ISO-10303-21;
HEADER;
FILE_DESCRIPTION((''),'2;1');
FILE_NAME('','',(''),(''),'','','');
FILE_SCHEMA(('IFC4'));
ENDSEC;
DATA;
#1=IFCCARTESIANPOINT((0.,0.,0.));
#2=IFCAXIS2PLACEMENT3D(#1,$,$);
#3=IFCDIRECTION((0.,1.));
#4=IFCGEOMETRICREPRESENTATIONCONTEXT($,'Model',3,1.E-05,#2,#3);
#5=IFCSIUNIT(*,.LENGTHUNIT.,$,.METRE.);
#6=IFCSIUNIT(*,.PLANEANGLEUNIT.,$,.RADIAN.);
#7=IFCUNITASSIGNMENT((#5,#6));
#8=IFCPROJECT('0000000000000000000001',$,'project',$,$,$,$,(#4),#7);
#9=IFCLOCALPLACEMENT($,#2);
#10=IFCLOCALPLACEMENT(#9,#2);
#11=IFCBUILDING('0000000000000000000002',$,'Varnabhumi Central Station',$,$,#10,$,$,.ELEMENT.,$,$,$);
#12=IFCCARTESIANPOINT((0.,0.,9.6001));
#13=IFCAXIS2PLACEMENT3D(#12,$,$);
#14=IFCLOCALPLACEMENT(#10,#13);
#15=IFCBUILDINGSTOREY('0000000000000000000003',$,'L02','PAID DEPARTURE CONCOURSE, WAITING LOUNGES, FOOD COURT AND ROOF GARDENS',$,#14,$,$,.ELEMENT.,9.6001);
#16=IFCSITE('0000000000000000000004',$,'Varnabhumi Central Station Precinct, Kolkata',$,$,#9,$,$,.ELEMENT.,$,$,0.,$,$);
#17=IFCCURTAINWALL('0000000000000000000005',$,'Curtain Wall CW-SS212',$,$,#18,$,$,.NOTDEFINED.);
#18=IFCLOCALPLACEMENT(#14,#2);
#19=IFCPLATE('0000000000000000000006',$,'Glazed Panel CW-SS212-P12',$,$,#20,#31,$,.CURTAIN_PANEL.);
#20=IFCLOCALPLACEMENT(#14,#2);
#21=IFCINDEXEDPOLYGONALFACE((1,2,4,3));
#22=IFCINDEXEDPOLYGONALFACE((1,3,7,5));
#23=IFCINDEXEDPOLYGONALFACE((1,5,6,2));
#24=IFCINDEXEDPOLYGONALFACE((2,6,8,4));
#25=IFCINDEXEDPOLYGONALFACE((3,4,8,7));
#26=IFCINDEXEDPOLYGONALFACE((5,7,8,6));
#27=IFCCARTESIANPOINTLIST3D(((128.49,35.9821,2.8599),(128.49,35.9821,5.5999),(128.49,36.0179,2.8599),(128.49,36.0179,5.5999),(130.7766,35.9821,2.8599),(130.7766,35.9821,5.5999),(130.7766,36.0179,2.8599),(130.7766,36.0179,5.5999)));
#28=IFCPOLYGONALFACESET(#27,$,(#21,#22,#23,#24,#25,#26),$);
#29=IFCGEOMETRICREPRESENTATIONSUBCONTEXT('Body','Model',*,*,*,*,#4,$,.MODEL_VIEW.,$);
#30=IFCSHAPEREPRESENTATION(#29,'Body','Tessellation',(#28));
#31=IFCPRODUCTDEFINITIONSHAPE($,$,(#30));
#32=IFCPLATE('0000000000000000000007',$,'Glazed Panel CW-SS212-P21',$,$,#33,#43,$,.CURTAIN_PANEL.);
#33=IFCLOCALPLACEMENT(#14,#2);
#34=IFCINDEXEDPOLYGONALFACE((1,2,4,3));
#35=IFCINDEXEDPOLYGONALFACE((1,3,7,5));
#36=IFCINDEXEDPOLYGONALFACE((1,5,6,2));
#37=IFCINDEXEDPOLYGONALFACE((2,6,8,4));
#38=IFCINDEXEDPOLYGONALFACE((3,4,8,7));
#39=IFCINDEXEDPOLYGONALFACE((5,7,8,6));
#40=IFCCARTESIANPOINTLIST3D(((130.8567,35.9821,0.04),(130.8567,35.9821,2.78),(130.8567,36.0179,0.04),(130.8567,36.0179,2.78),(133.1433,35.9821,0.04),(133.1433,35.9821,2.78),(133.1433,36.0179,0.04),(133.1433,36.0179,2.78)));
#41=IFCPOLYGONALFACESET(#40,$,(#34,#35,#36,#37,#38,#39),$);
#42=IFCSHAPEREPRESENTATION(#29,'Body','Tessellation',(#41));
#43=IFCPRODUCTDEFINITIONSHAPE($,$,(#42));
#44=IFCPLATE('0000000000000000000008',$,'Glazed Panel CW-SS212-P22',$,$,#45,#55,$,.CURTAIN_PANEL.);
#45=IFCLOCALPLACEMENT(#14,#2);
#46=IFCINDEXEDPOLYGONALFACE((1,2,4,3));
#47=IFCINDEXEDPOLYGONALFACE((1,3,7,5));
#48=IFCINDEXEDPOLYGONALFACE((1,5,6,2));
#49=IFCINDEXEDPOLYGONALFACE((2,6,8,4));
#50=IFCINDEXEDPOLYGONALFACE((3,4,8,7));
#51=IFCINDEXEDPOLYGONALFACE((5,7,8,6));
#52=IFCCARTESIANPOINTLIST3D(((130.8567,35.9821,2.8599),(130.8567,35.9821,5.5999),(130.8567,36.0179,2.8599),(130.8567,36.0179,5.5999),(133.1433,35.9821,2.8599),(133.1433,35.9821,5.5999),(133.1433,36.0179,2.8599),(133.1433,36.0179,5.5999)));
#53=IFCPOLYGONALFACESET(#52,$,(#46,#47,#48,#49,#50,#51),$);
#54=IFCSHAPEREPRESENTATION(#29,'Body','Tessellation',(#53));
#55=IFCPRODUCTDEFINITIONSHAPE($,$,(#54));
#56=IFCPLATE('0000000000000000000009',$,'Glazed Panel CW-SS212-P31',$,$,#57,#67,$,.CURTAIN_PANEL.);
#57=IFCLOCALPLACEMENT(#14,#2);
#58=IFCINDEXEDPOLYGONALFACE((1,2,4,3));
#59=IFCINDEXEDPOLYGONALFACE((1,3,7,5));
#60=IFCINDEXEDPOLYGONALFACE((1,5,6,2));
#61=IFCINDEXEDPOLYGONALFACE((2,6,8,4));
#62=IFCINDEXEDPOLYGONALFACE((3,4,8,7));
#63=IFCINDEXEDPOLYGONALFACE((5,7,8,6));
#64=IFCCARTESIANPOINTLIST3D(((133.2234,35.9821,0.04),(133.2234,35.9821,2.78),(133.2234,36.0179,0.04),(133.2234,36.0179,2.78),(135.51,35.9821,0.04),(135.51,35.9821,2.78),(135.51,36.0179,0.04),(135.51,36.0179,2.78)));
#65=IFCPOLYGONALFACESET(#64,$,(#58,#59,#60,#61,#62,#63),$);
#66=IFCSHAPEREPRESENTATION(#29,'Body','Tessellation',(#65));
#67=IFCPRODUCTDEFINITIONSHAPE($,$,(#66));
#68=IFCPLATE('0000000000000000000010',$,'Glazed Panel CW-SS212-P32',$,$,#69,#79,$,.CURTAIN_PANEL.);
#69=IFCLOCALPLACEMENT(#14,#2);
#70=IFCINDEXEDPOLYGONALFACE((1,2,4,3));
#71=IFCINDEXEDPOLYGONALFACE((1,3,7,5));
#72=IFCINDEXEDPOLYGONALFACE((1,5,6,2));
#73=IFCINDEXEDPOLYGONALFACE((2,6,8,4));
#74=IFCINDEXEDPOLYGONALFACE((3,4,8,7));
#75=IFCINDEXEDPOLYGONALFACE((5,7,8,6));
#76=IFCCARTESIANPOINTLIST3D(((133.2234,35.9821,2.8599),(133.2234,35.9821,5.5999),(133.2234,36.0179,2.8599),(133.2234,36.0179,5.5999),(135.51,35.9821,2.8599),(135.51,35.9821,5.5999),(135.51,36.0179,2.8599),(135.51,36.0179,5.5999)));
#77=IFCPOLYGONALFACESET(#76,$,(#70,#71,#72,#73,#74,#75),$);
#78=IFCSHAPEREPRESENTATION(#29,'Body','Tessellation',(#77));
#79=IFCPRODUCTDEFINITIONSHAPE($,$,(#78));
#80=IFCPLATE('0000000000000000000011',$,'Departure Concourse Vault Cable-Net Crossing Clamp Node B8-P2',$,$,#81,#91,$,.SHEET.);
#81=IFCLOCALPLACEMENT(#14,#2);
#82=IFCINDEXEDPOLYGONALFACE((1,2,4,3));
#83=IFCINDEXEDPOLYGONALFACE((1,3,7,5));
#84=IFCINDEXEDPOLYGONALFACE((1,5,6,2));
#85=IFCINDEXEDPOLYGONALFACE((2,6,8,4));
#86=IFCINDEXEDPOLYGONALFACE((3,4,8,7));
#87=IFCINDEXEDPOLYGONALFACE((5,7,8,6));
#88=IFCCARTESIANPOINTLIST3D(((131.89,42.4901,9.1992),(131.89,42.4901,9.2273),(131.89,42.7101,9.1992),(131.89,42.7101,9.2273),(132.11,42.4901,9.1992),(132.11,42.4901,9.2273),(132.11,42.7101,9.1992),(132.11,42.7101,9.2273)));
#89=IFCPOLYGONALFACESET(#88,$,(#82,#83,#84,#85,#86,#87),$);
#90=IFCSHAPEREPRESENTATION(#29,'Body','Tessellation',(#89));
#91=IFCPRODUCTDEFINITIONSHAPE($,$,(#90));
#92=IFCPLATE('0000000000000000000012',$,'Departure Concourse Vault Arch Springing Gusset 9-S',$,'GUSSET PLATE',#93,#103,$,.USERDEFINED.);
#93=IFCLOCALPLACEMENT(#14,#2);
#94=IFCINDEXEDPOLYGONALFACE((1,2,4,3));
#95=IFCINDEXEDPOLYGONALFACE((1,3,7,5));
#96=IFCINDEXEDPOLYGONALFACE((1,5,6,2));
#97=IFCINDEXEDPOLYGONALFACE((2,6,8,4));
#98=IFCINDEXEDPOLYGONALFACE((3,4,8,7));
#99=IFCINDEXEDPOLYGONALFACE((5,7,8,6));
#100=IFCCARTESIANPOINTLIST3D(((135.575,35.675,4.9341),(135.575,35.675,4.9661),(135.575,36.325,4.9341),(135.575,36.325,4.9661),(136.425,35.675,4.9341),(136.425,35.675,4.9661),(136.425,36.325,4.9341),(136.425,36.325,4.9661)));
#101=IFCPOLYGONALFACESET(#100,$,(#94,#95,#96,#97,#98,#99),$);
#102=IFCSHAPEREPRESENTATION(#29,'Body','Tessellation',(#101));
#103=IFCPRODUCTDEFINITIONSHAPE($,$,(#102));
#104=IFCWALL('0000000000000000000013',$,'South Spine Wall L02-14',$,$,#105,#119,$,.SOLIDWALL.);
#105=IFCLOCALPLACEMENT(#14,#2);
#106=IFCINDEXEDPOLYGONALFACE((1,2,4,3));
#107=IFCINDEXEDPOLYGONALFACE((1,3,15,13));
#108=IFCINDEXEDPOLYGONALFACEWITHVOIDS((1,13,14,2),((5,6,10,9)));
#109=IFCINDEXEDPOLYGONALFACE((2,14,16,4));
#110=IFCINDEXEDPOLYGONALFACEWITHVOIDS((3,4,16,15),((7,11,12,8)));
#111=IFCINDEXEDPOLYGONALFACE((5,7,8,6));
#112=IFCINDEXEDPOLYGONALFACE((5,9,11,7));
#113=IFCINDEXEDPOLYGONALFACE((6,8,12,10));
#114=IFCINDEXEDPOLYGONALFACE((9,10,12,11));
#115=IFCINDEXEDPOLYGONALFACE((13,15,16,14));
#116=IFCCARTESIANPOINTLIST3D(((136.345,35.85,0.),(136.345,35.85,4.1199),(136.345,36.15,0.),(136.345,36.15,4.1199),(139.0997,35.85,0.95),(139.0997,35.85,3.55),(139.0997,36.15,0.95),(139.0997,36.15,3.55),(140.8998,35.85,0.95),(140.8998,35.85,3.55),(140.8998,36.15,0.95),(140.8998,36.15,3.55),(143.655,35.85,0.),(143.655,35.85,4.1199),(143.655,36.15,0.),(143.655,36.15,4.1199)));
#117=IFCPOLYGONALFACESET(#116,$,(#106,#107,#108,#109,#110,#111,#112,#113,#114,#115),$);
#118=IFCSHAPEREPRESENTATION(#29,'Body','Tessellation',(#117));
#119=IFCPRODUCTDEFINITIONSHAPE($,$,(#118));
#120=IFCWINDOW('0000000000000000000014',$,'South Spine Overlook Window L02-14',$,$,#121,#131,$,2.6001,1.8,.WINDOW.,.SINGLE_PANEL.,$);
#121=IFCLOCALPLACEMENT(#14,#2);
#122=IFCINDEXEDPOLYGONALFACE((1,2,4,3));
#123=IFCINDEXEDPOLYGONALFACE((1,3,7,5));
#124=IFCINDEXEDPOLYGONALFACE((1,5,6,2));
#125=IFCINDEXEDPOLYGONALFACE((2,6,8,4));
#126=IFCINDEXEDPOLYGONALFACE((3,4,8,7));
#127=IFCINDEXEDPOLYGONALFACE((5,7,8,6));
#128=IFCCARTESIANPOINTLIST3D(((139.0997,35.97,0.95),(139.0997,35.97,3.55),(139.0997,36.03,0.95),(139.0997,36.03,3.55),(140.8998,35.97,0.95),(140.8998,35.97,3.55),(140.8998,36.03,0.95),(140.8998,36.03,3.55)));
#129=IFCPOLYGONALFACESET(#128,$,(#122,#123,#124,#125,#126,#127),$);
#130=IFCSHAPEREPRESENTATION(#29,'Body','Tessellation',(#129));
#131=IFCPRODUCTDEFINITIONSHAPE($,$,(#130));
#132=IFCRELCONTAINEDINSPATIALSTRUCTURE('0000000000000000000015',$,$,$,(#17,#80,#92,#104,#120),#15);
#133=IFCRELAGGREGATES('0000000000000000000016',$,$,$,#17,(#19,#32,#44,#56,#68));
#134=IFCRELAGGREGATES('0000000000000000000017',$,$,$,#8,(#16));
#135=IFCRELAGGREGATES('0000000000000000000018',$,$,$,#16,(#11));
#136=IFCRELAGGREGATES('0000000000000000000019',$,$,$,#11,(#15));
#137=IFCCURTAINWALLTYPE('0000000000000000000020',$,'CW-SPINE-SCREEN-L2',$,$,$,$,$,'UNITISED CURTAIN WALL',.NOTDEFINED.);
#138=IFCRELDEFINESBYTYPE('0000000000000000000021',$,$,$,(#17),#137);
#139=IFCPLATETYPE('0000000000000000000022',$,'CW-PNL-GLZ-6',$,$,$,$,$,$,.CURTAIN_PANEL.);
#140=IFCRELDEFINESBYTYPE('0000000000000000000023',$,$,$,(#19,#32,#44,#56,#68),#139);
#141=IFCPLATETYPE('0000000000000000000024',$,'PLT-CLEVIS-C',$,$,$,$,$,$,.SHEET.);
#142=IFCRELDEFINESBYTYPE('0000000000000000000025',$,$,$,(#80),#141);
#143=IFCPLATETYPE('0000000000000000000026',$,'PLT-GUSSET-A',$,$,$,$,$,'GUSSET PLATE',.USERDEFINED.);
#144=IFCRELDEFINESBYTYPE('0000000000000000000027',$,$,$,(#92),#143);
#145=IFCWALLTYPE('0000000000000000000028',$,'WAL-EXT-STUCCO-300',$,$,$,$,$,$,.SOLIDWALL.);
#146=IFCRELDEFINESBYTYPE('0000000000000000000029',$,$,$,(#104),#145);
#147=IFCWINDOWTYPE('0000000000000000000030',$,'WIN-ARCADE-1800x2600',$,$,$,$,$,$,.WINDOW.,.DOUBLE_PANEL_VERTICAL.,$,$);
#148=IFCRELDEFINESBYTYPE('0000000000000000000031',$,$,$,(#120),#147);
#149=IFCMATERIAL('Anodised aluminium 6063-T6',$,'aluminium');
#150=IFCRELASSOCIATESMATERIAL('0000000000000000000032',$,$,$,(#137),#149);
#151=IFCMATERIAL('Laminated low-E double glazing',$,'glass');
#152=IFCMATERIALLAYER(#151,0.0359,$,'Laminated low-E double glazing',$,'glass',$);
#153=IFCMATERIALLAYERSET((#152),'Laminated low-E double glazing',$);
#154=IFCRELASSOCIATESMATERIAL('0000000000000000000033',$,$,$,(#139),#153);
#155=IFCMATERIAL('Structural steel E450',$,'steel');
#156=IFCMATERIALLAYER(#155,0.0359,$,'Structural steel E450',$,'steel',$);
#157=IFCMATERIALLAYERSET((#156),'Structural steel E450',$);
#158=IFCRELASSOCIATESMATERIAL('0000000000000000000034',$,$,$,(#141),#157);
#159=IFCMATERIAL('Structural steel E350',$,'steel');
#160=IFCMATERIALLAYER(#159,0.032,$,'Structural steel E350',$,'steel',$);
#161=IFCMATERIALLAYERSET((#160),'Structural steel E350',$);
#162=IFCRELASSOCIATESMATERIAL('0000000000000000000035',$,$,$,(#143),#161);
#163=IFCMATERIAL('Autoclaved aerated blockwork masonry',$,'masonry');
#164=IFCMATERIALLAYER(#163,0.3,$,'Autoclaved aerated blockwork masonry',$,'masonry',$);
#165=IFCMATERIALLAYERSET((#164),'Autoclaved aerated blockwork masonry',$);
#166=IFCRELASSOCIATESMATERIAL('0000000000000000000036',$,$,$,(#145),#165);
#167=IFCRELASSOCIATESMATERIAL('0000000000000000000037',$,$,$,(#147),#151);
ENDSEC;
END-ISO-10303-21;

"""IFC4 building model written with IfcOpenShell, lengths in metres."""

from ifc_helpers import new_model, si_unit, direction, frame, frame_2d, origin, origin_2d, place, context, subcontext, project, spatial, rectangle, extrude, material, layer, layer_set, type_object, element, fill, aggregate, save


model = new_model("IFC4")

# Units and contexts
model_context = context("Model", 3, precision=1e-05, world=origin(), true_north=direction((0.0, 1.0)))
body_context = subcontext(model_context, "Body", "Model", "MODEL_VIEW")
ifc_project = project(units=[si_unit("LENGTHUNIT", "METRE"), si_unit("PLANEANGLEUNIT", "RADIAN")], contexts=[model_context])

# Site, building, storey
site_placement = place(None, origin())
site = spatial("IfcSite", under=ifc_project, at=site_placement, Name="Varnabhumi Central Station Precinct, Kolkata", CompositionType="ELEMENT", RefElevation=0.0)
building_placement = place(site_placement, origin())
building = spatial("IfcBuilding", under=site, at=building_placement, Name="Varnabhumi Central Station", CompositionType="ELEMENT")
storey_placement = place(building_placement, frame((0.0, 0.0, 9.6001)))
storey = spatial("IfcBuildingStorey", under=building, at=storey_placement, Name="L02", Description="PAID DEPARTURE CONCOURSE, WAITING LOUNGES, FOOD COURT AND ROOF GARDENS", CompositionType="ELEMENT", Elevation=9.6001)

# Shared definitions
ifc_material_1 = material(Name="Structural steel E350", Category="steel")

# Curtain wall
ifc_material_2 = material(Name="Anodised aluminium 6063-T6", Category="aluminium")
curtain_wall_type = type_object("IfcCurtainWallType", Name="CW-SPINE-SCREEN-L2", ElementType="UNITISED CURTAIN WALL", PredefinedType="NOTDEFINED", material=ifc_material_2)
curtain_wall_placement = place(storey_placement, origin())
curtain_wall = element("IfcCurtainWall", 1, at=curtain_wall_placement, inside=storey, type_object=curtain_wall_type, Name="Curtain Wall CW-SS212", PredefinedType="NOTDEFINED")

# Plates
ifc_material_3 = material(Name="Laminated low-E double glazing", Category="glass")
ifc_layer_1 = layer(ifc_material_3, 0.0359, Name="Laminated low-E double glazing", Category="glass")
ifc_layer_set_1 = layer_set([ifc_layer_1], Name="Laminated low-E double glazing")
plate_type_1 = type_object("IfcPlateType", Name="CW-PNL-GLZ-6", PredefinedType="CURTAIN_PANEL", material=ifc_layer_set_1)
plate_1_placement = place(storey_placement, frame((129.6333, 36.0, 2.8599), z_axis=(0.0, 0.0, 1.0), x_axis=(1.0, 0.0, 0.0)))
plate_1 = element("IfcPlate", 2, at=plate_1_placement, type_object=plate_type_1, Name="Glazed Panel CW-SS212-P12", PredefinedType="CURTAIN_PANEL", context=body_context, shape_type="SweptSolid", body=[
    extrude(rectangle(XDim=2.2866, YDim=0.0359, at=origin_2d()), origin(), (0.0, 0.0, 1.0), 2.74),
])
plate_2_placement = place(storey_placement, frame((132.0, 36.0, 0.04), z_axis=(0.0, 0.0, 1.0), x_axis=(1.0, 0.0, 0.0)))
plate_2 = element("IfcPlate", 3, at=plate_2_placement, type_object=plate_type_1, Name="Glazed Panel CW-SS212-P21", PredefinedType="CURTAIN_PANEL", context=body_context, shape_type="SweptSolid", body=[
    extrude(rectangle(XDim=2.2866, YDim=0.0359, at=origin_2d()), origin(), (0.0, 0.0, 1.0), 2.74),
])
plate_3_placement = place(storey_placement, frame((132.0, 36.0, 2.8599), z_axis=(0.0, 0.0, 1.0), x_axis=(1.0, 0.0, 0.0)))
plate_3 = element("IfcPlate", 4, at=plate_3_placement, type_object=plate_type_1, Name="Glazed Panel CW-SS212-P22", PredefinedType="CURTAIN_PANEL", context=body_context, shape_type="SweptSolid", body=[
    extrude(rectangle(XDim=2.2866, YDim=0.0359, at=origin_2d()), origin(), (0.0, 0.0, 1.0), 2.74),
])
plate_4_placement = place(storey_placement, frame((134.3667, 36.0, 0.04), z_axis=(0.0, 0.0, 1.0), x_axis=(1.0, 0.0, 0.0)))
plate_4 = element("IfcPlate", 5, at=plate_4_placement, type_object=plate_type_1, Name="Glazed Panel CW-SS212-P31", PredefinedType="CURTAIN_PANEL", context=body_context, shape_type="SweptSolid", body=[
    extrude(rectangle(XDim=2.2866, YDim=0.0359, at=origin_2d()), origin(), (0.0, 0.0, 1.0), 2.74),
])
plate_5_placement = place(storey_placement, frame((134.3667, 36.0, 2.8599), z_axis=(0.0, 0.0, 1.0), x_axis=(1.0, 0.0, 0.0)))
plate_5 = element("IfcPlate", 6, at=plate_5_placement, type_object=plate_type_1, Name="Glazed Panel CW-SS212-P32", PredefinedType="CURTAIN_PANEL", context=body_context, shape_type="SweptSolid", body=[
    extrude(rectangle(XDim=2.2866, YDim=0.0359, at=origin_2d()), origin(), (0.0, 0.0, 1.0), 2.74),
])
aggregate(curtain_wall, [plate_1, plate_2, plate_3, plate_4, plate_5])

# Plates
ifc_material_4 = material(Name="Structural steel E450", Category="steel")
ifc_layer_2 = layer(ifc_material_4, 0.0359, Name="Structural steel E450", Category="steel")
ifc_layer_set_2 = layer_set([ifc_layer_2], Name="Structural steel E450")
plate_type_2 = type_object("IfcPlateType", Name="PLT-CLEVIS-C", PredefinedType="SHEET", material=ifc_layer_set_2)
plate_6_placement = place(storey_placement, frame((132.0, 42.6001, 9.1992), z_axis=(0.0, 0.0, 1.0), x_axis=(1.0, 0.0, 0.0)))
element("IfcPlate", 7, at=plate_6_placement, inside=storey, type_object=plate_type_2, Name="Departure Concourse Vault Cable-Net Crossing Clamp Node B8-P2", PredefinedType="SHEET", context=body_context, shape_type="SweptSolid", body=[
    extrude(rectangle(XDim=0.22, YDim=0.22, at=origin_2d()), origin(), (0.0, 0.0, 1.0), 0.0281),
])
ifc_layer_3 = layer(ifc_material_1, 0.032, Name="Structural steel E350", Category="steel")
ifc_layer_set_3 = layer_set([ifc_layer_3], Name="Structural steel E350")
plate_type_3 = type_object("IfcPlateType", Name="PLT-GUSSET-A", ElementType="GUSSET PLATE", PredefinedType="USERDEFINED", material=ifc_layer_set_3)
plate_7_placement = place(storey_placement, frame((136.0, 36.0, 4.9341), z_axis=(0.0, 0.0, 1.0), x_axis=(1.0, 0.0, 0.0)))
element("IfcPlate", 8, at=plate_7_placement, inside=storey, type_object=plate_type_3, Name="Departure Concourse Vault Arch Springing Gusset 9-S", ObjectType="GUSSET PLATE", PredefinedType="USERDEFINED", context=body_context, shape_type="SweptSolid", body=[
    extrude(rectangle(XDim=0.8501, YDim=0.6499, at=origin_2d()), origin(), (0.0, 0.0, 1.0), 0.032),
])

# Wall, opening, window
ifc_material_5 = material(Name="Autoclaved aerated blockwork masonry", Category="masonry")
ifc_layer_4 = layer(ifc_material_5, 0.3, Name="Autoclaved aerated blockwork masonry", Category="masonry")
ifc_layer_set_4 = layer_set([ifc_layer_4], Name="Autoclaved aerated blockwork masonry")
wall_type = type_object("IfcWallType", Name="WAL-EXT-STUCCO-300", PredefinedType="SOLIDWALL", material=ifc_layer_set_4)
wall_placement = place(storey_placement, frame((136.345, 36.0, 0.0), z_axis=(0.0, 0.0, 1.0), x_axis=(1.0, 0.0, 0.0)))
wall = element("IfcWall", 9, at=wall_placement, inside=storey, type_object=wall_type, Name="South Spine Wall L02-14", PredefinedType="SOLIDWALL", context=body_context, shape_type="SweptSolid", body=[
    extrude(rectangle(XDim=7.3101, YDim=0.3, at=frame_2d((3.655, 0.0))), origin(), (0.0, 0.0, 1.0), 4.1199),
])
opening_placement = place(wall_placement, frame((2.7549, 0.0, 0.95)))
opening = element("IfcOpeningElement", 10, at=opening_placement, cuts=wall, PredefinedType="OPENING", context=body_context, shape_type="SweptSolid", body=[
    extrude(rectangle(XDim=1.8, YDim=2.6001, at=frame_2d((0.8999, 1.3))), frame((0.0, 0.1599, 0.0), z_axis=(0.0, -1.0, 0.0), x_axis=(1.0, 0.0, 0.0)), (0.0, 0.0, 1.0), 0.3201),
])
window_type = type_object("IfcWindowType", Name="WIN-ARCADE-1800x2600", PartitioningType="DOUBLE_PANEL_VERTICAL", PredefinedType="WINDOW", material=ifc_material_3)
window_placement = place(opening_placement, origin())
window = element("IfcWindow", 11, at=window_placement, inside=storey, type_object=window_type, Name="South Spine Overlook Window L02-14", OverallHeight=2.6001, OverallWidth=1.8, PartitioningType="SINGLE_PANEL", PredefinedType="WINDOW", context=body_context, shape_type="SweptSolid", body=[
    extrude(rectangle(XDim=1.8, YDim=2.6001, at=frame_2d((0.8999, 1.3))), frame((0.0, 0.03, 0.0), z_axis=(0.0, -1.0, 0.0), x_axis=(1.0, 0.0, 0.0)), (0.0, 0.0, 1.0), 0.0601),
])
fill(opening, window)

save(model, "model.ifc")
